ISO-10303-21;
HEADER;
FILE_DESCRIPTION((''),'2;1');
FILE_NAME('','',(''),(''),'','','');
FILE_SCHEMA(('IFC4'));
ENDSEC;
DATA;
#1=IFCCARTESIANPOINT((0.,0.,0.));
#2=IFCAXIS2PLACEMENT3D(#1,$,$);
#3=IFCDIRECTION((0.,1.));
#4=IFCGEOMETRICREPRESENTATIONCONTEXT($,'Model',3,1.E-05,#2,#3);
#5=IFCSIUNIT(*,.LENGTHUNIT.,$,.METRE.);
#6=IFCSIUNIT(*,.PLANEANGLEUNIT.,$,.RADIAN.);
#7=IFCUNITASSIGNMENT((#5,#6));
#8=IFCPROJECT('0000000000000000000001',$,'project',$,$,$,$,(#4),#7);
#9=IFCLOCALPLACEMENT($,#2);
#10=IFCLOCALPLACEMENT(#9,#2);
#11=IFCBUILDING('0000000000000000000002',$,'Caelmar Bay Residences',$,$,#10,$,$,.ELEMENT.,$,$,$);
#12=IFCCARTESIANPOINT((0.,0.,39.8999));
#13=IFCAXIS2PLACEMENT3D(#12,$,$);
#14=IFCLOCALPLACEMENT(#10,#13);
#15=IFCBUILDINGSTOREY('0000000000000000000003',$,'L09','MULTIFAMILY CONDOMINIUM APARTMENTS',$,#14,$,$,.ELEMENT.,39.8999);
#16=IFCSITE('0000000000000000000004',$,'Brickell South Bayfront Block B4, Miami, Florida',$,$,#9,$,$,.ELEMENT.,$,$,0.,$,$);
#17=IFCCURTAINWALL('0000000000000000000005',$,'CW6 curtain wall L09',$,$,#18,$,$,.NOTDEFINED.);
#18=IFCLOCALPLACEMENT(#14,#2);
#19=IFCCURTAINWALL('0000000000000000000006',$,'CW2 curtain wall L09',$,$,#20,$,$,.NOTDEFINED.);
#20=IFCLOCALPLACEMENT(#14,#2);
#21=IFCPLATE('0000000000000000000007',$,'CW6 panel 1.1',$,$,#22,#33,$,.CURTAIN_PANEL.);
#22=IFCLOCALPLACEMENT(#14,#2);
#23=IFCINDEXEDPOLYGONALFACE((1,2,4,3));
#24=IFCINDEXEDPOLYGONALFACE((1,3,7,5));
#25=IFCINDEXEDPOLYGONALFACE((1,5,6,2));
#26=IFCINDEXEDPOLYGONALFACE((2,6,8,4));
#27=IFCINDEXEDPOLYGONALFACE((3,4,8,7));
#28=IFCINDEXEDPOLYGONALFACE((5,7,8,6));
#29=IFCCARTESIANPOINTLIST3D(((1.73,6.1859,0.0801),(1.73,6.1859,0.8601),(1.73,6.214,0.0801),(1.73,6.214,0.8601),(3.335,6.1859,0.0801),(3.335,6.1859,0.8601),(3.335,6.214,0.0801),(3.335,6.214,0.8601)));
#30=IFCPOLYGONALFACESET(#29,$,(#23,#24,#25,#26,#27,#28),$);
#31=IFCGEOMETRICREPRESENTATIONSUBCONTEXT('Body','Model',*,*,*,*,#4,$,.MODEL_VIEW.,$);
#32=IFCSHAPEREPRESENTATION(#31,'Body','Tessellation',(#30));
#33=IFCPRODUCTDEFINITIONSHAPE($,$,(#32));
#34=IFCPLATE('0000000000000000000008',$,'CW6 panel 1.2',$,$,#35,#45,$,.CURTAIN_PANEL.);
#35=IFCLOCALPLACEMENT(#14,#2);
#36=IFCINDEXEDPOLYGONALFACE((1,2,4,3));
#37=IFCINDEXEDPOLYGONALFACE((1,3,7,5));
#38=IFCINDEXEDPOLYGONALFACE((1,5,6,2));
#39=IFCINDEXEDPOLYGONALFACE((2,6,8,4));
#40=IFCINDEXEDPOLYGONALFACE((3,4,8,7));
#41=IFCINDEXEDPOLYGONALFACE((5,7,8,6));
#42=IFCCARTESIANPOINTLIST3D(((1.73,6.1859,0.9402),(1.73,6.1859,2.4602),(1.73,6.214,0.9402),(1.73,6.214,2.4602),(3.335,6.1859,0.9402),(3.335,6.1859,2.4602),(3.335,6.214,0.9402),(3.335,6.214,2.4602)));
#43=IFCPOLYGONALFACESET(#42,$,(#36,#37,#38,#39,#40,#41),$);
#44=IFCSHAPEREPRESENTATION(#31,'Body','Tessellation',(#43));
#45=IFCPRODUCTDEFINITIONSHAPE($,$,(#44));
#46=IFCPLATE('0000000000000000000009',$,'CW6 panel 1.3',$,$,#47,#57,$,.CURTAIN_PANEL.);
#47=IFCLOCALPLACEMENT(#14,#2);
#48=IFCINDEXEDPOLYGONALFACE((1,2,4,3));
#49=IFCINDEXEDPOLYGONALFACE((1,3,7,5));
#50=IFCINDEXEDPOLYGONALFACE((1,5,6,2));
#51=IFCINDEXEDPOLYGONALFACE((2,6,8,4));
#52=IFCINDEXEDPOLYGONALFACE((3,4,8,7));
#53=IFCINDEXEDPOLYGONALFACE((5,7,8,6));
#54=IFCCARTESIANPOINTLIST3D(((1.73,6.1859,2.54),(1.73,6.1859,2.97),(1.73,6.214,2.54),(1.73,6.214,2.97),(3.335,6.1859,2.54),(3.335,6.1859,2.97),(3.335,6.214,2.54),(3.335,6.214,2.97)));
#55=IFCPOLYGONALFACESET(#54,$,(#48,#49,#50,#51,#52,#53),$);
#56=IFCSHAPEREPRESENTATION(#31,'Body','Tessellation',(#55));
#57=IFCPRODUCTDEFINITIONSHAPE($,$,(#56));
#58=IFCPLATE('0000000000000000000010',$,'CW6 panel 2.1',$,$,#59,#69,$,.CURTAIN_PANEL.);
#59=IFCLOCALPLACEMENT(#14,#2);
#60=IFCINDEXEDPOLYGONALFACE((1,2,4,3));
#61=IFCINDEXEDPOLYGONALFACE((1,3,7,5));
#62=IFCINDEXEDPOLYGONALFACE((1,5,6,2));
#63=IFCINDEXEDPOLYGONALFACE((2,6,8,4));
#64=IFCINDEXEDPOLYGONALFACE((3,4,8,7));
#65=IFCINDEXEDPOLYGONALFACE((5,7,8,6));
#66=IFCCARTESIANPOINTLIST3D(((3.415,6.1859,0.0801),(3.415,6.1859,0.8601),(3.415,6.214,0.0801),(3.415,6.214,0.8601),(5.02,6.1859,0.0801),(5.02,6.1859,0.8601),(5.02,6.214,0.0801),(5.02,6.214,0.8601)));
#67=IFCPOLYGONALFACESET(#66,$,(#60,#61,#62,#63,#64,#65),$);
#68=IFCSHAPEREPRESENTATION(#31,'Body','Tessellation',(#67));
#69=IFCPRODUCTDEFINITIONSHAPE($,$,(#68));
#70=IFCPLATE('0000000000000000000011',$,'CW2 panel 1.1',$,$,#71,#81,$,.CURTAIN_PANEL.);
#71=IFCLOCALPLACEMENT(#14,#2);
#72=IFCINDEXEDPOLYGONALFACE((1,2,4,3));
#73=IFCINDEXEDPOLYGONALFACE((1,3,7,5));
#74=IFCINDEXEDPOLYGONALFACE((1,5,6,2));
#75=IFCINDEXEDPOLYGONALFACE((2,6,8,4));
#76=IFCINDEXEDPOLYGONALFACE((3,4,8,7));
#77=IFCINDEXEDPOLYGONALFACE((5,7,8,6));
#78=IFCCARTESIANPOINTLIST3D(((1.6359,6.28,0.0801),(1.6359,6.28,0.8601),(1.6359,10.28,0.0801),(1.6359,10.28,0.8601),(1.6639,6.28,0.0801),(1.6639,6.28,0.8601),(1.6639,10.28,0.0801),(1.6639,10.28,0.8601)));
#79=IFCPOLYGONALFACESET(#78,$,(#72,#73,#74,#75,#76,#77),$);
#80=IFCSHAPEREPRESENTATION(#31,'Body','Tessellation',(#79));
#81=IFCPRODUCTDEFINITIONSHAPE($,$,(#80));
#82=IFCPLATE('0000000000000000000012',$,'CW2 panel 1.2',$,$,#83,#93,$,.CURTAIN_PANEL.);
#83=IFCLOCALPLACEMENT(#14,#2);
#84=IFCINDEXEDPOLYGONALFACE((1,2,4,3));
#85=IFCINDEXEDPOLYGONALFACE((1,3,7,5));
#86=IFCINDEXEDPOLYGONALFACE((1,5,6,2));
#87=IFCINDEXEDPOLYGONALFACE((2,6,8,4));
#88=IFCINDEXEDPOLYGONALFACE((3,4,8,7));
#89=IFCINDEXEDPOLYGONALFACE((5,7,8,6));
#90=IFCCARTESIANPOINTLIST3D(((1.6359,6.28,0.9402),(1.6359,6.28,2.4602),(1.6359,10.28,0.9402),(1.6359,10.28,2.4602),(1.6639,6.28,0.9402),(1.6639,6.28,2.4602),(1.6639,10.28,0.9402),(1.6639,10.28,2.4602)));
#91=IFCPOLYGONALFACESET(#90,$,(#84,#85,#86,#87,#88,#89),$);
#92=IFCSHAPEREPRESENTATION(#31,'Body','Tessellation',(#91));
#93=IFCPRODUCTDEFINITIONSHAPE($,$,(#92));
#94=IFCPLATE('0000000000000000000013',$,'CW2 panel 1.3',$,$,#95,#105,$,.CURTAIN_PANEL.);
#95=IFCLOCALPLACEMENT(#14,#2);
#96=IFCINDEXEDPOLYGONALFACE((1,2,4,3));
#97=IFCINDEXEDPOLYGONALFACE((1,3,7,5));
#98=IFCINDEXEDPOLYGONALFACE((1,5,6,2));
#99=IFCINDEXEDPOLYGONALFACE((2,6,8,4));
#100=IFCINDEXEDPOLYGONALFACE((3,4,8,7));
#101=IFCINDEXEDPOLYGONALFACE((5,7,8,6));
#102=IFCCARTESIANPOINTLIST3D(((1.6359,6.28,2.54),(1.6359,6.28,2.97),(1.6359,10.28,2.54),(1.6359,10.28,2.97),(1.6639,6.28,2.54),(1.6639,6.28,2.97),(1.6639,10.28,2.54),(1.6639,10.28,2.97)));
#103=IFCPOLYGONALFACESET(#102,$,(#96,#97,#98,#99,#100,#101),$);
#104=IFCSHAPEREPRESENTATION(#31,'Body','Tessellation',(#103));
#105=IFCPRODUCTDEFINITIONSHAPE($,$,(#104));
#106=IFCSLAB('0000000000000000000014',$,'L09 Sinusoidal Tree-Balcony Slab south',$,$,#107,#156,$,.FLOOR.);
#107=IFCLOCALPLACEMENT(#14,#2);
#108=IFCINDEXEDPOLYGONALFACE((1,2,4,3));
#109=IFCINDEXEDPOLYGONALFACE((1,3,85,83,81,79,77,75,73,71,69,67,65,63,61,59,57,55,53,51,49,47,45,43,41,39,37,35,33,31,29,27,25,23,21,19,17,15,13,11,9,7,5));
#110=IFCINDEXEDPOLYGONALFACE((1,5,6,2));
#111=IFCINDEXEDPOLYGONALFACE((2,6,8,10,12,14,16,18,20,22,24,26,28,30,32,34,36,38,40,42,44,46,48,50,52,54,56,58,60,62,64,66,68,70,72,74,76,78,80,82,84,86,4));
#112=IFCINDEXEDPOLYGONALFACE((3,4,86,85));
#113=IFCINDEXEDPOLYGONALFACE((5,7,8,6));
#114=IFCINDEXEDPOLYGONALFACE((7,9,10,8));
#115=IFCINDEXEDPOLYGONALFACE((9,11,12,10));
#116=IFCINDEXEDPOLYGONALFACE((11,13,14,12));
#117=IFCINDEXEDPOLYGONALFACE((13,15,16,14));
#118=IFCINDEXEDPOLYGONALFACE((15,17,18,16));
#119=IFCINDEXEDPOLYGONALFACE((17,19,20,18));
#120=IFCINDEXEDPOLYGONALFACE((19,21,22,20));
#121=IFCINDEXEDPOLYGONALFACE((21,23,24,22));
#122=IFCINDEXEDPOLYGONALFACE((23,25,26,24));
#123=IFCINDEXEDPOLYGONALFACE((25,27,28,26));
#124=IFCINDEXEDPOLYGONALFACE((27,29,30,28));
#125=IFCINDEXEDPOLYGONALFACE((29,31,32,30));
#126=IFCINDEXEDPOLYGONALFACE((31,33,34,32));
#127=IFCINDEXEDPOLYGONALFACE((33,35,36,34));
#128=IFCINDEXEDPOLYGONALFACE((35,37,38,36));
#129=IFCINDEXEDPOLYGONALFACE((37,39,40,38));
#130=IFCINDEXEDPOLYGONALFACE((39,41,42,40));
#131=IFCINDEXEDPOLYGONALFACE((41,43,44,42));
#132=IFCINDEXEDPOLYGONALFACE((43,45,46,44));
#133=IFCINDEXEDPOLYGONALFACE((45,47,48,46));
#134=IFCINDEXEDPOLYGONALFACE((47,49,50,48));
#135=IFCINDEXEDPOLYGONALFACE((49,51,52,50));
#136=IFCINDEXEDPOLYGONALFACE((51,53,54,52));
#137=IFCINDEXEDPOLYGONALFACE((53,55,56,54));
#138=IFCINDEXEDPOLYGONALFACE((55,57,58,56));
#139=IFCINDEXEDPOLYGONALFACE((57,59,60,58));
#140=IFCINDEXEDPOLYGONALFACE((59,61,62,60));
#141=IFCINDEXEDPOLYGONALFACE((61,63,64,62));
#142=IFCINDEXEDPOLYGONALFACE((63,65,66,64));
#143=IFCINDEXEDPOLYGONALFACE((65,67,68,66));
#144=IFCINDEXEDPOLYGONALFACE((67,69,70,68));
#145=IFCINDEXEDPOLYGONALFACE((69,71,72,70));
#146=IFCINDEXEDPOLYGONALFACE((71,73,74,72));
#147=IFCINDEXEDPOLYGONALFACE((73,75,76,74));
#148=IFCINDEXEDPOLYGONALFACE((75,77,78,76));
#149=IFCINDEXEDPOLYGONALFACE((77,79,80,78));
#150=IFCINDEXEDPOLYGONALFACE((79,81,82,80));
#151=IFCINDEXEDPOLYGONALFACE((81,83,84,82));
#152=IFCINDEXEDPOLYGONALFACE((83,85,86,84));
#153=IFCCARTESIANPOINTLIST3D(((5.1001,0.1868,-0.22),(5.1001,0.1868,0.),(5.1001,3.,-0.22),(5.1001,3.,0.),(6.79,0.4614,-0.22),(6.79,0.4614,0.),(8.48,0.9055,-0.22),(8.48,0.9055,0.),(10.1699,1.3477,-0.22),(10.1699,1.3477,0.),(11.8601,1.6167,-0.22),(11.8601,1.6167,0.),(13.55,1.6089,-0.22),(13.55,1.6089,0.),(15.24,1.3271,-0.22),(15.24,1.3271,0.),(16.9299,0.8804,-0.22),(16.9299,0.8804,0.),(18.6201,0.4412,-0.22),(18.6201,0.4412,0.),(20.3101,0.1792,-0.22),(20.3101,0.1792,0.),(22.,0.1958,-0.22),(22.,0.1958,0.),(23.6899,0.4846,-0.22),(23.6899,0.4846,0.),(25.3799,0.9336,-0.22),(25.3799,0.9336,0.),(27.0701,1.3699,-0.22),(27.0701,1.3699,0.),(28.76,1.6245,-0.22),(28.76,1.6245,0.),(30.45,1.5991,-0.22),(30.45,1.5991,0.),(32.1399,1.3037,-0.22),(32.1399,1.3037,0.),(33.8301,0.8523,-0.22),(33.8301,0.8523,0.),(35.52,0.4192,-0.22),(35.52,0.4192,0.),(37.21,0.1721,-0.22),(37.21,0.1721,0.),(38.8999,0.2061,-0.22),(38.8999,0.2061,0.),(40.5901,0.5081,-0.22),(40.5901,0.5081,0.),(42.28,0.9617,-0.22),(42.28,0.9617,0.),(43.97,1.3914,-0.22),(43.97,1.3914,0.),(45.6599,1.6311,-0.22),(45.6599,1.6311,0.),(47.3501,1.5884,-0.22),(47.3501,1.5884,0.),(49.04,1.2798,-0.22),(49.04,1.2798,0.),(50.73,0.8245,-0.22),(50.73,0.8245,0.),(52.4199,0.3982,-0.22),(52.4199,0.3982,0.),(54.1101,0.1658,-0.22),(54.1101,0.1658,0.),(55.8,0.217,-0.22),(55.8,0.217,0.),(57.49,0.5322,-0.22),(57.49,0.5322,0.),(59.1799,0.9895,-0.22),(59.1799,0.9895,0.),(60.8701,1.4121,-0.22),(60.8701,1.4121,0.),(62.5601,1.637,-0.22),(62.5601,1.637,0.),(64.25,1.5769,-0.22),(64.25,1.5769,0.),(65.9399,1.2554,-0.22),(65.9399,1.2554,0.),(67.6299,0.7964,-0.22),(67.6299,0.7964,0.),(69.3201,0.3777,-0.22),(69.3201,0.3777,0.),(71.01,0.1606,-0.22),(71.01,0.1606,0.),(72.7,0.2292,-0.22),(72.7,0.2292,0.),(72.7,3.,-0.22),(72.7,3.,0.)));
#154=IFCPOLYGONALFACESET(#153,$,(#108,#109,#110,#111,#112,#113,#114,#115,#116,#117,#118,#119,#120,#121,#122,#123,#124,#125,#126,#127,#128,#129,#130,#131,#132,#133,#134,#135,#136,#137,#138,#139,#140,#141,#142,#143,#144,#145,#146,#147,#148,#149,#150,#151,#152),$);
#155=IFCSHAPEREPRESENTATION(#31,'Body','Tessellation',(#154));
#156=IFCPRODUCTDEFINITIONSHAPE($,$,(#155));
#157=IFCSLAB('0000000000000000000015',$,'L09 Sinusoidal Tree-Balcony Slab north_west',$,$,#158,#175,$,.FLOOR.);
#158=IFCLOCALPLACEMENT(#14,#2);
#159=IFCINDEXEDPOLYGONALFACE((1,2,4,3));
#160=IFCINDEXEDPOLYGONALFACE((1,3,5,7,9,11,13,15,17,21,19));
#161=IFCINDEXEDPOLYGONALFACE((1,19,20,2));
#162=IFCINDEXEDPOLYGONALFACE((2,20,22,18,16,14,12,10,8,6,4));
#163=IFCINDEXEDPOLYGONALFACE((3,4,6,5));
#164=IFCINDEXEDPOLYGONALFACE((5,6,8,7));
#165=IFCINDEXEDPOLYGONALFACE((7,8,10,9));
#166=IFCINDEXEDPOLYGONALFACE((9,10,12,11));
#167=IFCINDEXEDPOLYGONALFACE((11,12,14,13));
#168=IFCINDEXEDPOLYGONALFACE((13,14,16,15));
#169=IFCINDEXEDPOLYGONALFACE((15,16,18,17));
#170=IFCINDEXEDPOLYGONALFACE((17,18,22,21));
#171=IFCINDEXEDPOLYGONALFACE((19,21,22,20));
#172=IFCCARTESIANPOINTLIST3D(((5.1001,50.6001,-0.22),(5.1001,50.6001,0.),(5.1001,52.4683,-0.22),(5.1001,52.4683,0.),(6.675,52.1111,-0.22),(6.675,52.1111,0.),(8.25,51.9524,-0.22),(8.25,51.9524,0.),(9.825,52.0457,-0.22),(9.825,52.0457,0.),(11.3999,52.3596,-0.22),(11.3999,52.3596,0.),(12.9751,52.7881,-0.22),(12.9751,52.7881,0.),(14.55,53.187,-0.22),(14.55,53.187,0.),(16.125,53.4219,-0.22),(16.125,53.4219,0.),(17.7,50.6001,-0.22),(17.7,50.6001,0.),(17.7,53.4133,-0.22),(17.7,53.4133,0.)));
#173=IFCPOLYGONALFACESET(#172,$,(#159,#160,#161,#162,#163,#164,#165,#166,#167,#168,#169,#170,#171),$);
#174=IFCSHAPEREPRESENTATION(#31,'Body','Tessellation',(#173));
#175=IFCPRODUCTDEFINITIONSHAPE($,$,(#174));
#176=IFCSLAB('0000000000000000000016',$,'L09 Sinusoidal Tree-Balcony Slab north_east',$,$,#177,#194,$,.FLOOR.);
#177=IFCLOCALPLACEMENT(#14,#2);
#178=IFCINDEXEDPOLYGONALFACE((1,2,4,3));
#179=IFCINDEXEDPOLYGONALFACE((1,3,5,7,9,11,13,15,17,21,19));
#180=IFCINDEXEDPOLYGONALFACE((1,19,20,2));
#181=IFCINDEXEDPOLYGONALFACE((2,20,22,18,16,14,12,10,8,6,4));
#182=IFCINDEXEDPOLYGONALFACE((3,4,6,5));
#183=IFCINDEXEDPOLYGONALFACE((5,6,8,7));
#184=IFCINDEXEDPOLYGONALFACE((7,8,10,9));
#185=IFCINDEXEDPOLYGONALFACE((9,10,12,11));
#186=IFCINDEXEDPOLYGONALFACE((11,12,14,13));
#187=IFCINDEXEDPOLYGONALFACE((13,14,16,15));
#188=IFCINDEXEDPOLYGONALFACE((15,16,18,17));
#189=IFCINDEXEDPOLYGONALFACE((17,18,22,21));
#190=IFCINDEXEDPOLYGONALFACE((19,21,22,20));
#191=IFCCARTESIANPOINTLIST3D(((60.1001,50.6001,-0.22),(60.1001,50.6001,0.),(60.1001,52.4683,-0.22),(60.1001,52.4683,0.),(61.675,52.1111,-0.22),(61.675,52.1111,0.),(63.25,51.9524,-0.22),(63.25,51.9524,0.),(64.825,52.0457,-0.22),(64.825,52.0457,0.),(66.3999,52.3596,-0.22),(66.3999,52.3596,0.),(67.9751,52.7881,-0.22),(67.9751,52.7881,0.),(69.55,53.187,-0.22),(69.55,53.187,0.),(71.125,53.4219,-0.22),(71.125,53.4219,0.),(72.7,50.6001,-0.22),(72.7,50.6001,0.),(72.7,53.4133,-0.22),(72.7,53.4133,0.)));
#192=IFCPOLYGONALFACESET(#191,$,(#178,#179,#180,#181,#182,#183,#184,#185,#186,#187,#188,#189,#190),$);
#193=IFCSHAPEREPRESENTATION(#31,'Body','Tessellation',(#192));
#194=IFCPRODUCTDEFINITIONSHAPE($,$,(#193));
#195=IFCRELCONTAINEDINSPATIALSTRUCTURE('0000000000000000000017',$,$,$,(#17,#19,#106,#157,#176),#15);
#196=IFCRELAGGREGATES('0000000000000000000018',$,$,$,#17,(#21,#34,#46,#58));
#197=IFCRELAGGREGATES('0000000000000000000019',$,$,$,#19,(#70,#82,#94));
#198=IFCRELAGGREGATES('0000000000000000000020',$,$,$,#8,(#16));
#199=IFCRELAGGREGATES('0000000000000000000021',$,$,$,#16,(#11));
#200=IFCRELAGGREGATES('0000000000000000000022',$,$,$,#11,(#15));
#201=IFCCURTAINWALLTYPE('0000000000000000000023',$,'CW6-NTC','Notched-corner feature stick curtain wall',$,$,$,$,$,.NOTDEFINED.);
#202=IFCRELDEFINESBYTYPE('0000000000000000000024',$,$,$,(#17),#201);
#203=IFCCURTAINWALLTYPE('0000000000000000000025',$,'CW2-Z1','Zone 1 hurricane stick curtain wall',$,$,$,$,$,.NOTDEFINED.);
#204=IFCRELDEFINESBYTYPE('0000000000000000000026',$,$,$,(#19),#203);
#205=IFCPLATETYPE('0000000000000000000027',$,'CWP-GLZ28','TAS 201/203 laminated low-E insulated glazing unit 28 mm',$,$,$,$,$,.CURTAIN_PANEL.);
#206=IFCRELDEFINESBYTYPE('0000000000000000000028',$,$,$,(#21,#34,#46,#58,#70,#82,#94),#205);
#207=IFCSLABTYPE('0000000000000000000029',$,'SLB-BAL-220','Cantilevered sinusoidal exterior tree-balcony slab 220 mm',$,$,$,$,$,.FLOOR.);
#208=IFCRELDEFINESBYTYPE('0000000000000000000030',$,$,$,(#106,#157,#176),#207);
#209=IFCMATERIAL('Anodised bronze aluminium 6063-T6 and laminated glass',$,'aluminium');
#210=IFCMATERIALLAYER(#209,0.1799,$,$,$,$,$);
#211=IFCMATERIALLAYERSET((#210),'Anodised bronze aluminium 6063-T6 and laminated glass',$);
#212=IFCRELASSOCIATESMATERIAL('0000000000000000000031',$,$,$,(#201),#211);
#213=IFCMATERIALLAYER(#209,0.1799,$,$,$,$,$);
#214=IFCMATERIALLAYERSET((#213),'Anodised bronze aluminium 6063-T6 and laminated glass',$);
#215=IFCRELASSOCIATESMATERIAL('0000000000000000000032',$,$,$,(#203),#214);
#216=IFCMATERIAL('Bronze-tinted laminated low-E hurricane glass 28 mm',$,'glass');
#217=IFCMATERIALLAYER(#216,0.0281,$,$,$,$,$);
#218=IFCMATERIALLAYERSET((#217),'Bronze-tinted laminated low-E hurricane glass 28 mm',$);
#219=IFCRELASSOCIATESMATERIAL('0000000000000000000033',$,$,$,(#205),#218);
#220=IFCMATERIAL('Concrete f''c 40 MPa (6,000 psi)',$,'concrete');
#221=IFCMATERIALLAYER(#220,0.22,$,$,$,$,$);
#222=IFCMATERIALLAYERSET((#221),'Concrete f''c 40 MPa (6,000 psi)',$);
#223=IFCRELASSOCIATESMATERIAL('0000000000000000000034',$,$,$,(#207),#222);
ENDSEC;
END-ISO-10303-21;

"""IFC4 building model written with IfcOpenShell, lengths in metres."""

from ifc_helpers import new_model, si_unit, direction, frame, origin, origin_2d, place, context, subcontext, project, spatial, polyline, rectangle, outline, extrude, material, layer, layer_set, type_object, element, aggregate, save


model = new_model("IFC4")

# Units and contexts
model_context = context("Model", 3, precision=1e-05, world=origin(), true_north=direction((0.0, 1.0)))
body_context = subcontext(model_context, "Body", "Model", "MODEL_VIEW")
ifc_project = project(units=[si_unit("LENGTHUNIT", "METRE"), si_unit("PLANEANGLEUNIT", "RADIAN")], contexts=[model_context])

# Site, building, storey
site_placement = place(None, origin())
site = spatial("IfcSite", under=ifc_project, at=site_placement, Name="Brickell South Bayfront Block B4, Miami, Florida", CompositionType="ELEMENT", RefElevation=0.0)
building_placement = place(site_placement, origin())
building = spatial("IfcBuilding", under=site, at=building_placement, Name="Caelmar Bay Residences", CompositionType="ELEMENT")
storey_placement = place(building_placement, frame((0.0, 0.0, 39.8999)))
storey = spatial("IfcBuildingStorey", under=building, at=storey_placement, Name="L09", Description="MULTIFAMILY CONDOMINIUM APARTMENTS", CompositionType="ELEMENT", Elevation=39.8999)

# Curtain wall
ifc_material_1 = material(Name="Anodised bronze aluminium 6063-T6 and laminated glass", Category="aluminium")
ifc_layer_1 = layer(ifc_material_1, 0.1799)
ifc_layer_set_1 = layer_set([ifc_layer_1], Name="Anodised bronze aluminium 6063-T6 and laminated glass")
curtain_wall_type_1 = type_object("IfcCurtainWallType", Name="CW6-NTC", Description="Notched-corner feature stick curtain wall", PredefinedType="NOTDEFINED", material=ifc_layer_set_1)
curtain_wall_1_placement = place(storey_placement, origin())
curtain_wall_1 = element("IfcCurtainWall", 1, at=curtain_wall_1_placement, inside=storey, type_object=curtain_wall_type_1, Name="CW6 curtain wall L09", PredefinedType="NOTDEFINED")

# Curtain wall
ifc_layer_2 = layer(ifc_material_1, 0.1799)
ifc_layer_set_2 = layer_set([ifc_layer_2], Name="Anodised bronze aluminium 6063-T6 and laminated glass")
curtain_wall_type_2 = type_object("IfcCurtainWallType", Name="CW2-Z1", Description="Zone 1 hurricane stick curtain wall", PredefinedType="NOTDEFINED", material=ifc_layer_set_2)
curtain_wall_2_placement = place(storey_placement, origin())
curtain_wall_2 = element("IfcCurtainWall", 2, at=curtain_wall_2_placement, inside=storey, type_object=curtain_wall_type_2, Name="CW2 curtain wall L09", PredefinedType="NOTDEFINED")

# Plates
ifc_material_2 = material(Name="Bronze-tinted laminated low-E hurricane glass 28 mm", Category="glass")
ifc_layer_3 = layer(ifc_material_2, 0.0281)
ifc_layer_set_3 = layer_set([ifc_layer_3], Name="Bronze-tinted laminated low-E hurricane glass 28 mm")
plate_type = type_object("IfcPlateType", Name="CWP-GLZ28", Description="TAS 201/203 laminated low-E insulated glazing unit 28 mm", PredefinedType="CURTAIN_PANEL", material=ifc_layer_set_3)
plate_1_placement = place(storey_placement, frame((2.5325, 6.2, 0.0801), z_axis=(0.0, 0.0, 1.0), x_axis=(1.0, 0.0, 0.0)))
plate_1 = element("IfcPlate", 3, at=plate_1_placement, type_object=plate_type, Name="CW6 panel 1.1", PredefinedType="CURTAIN_PANEL", context=body_context, shape_type="SweptSolid", body=[
    extrude(rectangle(XDim=1.605, YDim=0.0281, at=origin_2d()), origin(), (0.0, 0.0, 1.0), 0.78),
])
plate_2_placement = place(storey_placement, frame((2.5325, 6.2, 0.9402), z_axis=(0.0, 0.0, 1.0), x_axis=(1.0, 0.0, 0.0)))
plate_2 = element("IfcPlate", 4, at=plate_2_placement, type_object=plate_type, Name="CW6 panel 1.2", PredefinedType="CURTAIN_PANEL", context=body_context, shape_type="SweptSolid", body=[
    extrude(rectangle(XDim=1.605, YDim=0.0281, at=origin_2d()), origin(), (0.0, 0.0, 1.0), 1.52),
])
plate_3_placement = place(storey_placement, frame((2.5325, 6.2, 2.54), z_axis=(0.0, 0.0, 1.0), x_axis=(1.0, 0.0, 0.0)))
plate_3 = element("IfcPlate", 5, at=plate_3_placement, type_object=plate_type, Name="CW6 panel 1.3", PredefinedType="CURTAIN_PANEL", context=body_context, shape_type="SweptSolid", body=[
    extrude(rectangle(XDim=1.605, YDim=0.0281, at=origin_2d()), origin(), (0.0, 0.0, 1.0), 0.4299),
])
plate_4_placement = place(storey_placement, frame((4.2175, 6.2, 0.0801), z_axis=(0.0, 0.0, 1.0), x_axis=(1.0, 0.0, 0.0)))
plate_4 = element("IfcPlate", 6, at=plate_4_placement, type_object=plate_type, Name="CW6 panel 2.1", PredefinedType="CURTAIN_PANEL", context=body_context, shape_type="SweptSolid", body=[
    extrude(rectangle(XDim=1.605, YDim=0.0281, at=origin_2d()), origin(), (0.0, 0.0, 1.0), 0.78),
])
aggregate(curtain_wall_1, [plate_1, plate_2, plate_3, plate_4])
plate_5_placement = place(storey_placement, frame((1.6499, 8.28, 0.0801), z_axis=(0.0, 0.0, 1.0), x_axis=(0.0, 1.0, 0.0)))
plate_5 = element("IfcPlate", 7, at=plate_5_placement, type_object=plate_type, Name="CW2 panel 1.1", PredefinedType="CURTAIN_PANEL", context=body_context, shape_type="SweptSolid", body=[
    extrude(rectangle(XDim=4.0, YDim=0.0281, at=origin_2d()), origin(), (0.0, 0.0, 1.0), 0.78),
])
plate_6_placement = place(storey_placement, frame((1.6499, 8.28, 0.9402), z_axis=(0.0, 0.0, 1.0), x_axis=(0.0, 1.0, 0.0)))
plate_6 = element("IfcPlate", 8, at=plate_6_placement, type_object=plate_type, Name="CW2 panel 1.2", PredefinedType="CURTAIN_PANEL", context=body_context, shape_type="SweptSolid", body=[
    extrude(rectangle(XDim=4.0, YDim=0.0281, at=origin_2d()), origin(), (0.0, 0.0, 1.0), 1.52),
])
plate_7_placement = place(storey_placement, frame((1.6499, 8.28, 2.54), z_axis=(0.0, 0.0, 1.0), x_axis=(0.0, 1.0, 0.0)))
plate_7 = element("IfcPlate", 9, at=plate_7_placement, type_object=plate_type, Name="CW2 panel 1.3", PredefinedType="CURTAIN_PANEL", context=body_context, shape_type="SweptSolid", body=[
    extrude(rectangle(XDim=4.0, YDim=0.0281, at=origin_2d()), origin(), (0.0, 0.0, 1.0), 0.4299),
])
aggregate(curtain_wall_2, [plate_5, plate_6, plate_7])

# Slabs
ifc_material_3 = material(Name="Concrete f'c 40 MPa (6,000 psi)", Category="concrete")
ifc_layer_4 = layer(ifc_material_3, 0.22)
ifc_layer_set_4 = layer_set([ifc_layer_4], Name="Concrete f'c 40 MPa (6,000 psi)")
slab_type_1 = type_object("IfcSlabType", Name="SLB-BAL-220", Description="Cantilevered sinusoidal exterior tree-balcony slab 220 mm", PredefinedType="FLOOR", material=ifc_layer_set_4)
slab_1_placement = place(storey_placement, frame((0.0, 0.0, -0.22)))
element("IfcSlab", 10, at=slab_1_placement, inside=storey, type_object=slab_type_1, Name="L09 Sinusoidal Tree-Balcony Slab south", PredefinedType="FLOOR", context=body_context, shape_type="SweptSolid", body=[
    extrude(outline(polyline([(5.1001, 0.1868), (6.79, 0.4614), (8.48, 0.9055), (10.1699, 1.3477), (11.8601, 1.6167), (13.55, 1.6089), (15.24, 1.3271), (16.9299, 0.8804), (18.6201, 0.4412), (20.3101, 0.1792), (22.0, 0.1958), (23.6899, 0.4846), (25.3799, 0.9336), (27.0701, 1.3699), (28.76, 1.6245), (30.45, 1.5991), (32.1399, 1.3037), (33.8301, 0.8523), (35.52, 0.4192), (37.21, 0.1721), (38.8999, 0.2061), (40.5901, 0.5081), (42.28, 0.9617), (43.97, 1.3914), (45.6599, 1.6311), (47.3501, 1.5884), (49.04, 1.2798), (50.73, 0.8245), (52.4199, 0.3982), (54.1101, 0.1658), (55.8, 0.217), (57.49, 0.5322), (59.1799, 0.9895), (60.8701, 1.4121), (62.5601, 1.637), (64.25, 1.5769), (65.9399, 1.2554), (67.6299, 0.7964), (69.3201, 0.3777), (71.01, 0.1606), (72.7, 0.2292), (72.7, 3.0), (5.1001, 3.0), (5.1001, 0.1868)])), origin(), (0.0, 0.0, 1.0), 0.22),
])
slab_2_placement = place(storey_placement, frame((0.0, 0.0, -0.22)))
element("IfcSlab", 11, at=slab_2_placement, inside=storey, type_object=slab_type_1, Name="L09 Sinusoidal Tree-Balcony Slab north_west", PredefinedType="FLOOR", context=body_context, shape_type="SweptSolid", body=[
    extrude(outline(polyline([(5.1001, 50.6001), (17.7, 50.6001), (17.7, 53.4133), (16.125, 53.4219), (14.55, 53.187), (12.9751, 52.7881), (11.3999, 52.3596), (9.825, 52.0457), (8.25, 51.9524), (6.675, 52.1111), (5.1001, 52.4683), (5.1001, 50.6001)])), origin(), (0.0, 0.0, 1.0), 0.22),
])
slab_3_placement = place(storey_placement, frame((0.0, 0.0, -0.22)))
element("IfcSlab", 12, at=slab_3_placement, inside=storey, type_object=slab_type_1, Name="L09 Sinusoidal Tree-Balcony Slab north_east", PredefinedType="FLOOR", context=body_context, shape_type="SweptSolid", body=[
    extrude(outline(polyline([(60.1001, 50.6001), (72.7, 50.6001), (72.7, 53.4133), (71.125, 53.4219), (69.55, 53.187), (67.9751, 52.7881), (66.3999, 52.3596), (64.825, 52.0457), (63.25, 51.9524), (61.675, 52.1111), (60.1001, 52.4683), (60.1001, 50.6001)])), origin(), (0.0, 0.0, 1.0), 0.22),
])

save(model, "model.ifc")
